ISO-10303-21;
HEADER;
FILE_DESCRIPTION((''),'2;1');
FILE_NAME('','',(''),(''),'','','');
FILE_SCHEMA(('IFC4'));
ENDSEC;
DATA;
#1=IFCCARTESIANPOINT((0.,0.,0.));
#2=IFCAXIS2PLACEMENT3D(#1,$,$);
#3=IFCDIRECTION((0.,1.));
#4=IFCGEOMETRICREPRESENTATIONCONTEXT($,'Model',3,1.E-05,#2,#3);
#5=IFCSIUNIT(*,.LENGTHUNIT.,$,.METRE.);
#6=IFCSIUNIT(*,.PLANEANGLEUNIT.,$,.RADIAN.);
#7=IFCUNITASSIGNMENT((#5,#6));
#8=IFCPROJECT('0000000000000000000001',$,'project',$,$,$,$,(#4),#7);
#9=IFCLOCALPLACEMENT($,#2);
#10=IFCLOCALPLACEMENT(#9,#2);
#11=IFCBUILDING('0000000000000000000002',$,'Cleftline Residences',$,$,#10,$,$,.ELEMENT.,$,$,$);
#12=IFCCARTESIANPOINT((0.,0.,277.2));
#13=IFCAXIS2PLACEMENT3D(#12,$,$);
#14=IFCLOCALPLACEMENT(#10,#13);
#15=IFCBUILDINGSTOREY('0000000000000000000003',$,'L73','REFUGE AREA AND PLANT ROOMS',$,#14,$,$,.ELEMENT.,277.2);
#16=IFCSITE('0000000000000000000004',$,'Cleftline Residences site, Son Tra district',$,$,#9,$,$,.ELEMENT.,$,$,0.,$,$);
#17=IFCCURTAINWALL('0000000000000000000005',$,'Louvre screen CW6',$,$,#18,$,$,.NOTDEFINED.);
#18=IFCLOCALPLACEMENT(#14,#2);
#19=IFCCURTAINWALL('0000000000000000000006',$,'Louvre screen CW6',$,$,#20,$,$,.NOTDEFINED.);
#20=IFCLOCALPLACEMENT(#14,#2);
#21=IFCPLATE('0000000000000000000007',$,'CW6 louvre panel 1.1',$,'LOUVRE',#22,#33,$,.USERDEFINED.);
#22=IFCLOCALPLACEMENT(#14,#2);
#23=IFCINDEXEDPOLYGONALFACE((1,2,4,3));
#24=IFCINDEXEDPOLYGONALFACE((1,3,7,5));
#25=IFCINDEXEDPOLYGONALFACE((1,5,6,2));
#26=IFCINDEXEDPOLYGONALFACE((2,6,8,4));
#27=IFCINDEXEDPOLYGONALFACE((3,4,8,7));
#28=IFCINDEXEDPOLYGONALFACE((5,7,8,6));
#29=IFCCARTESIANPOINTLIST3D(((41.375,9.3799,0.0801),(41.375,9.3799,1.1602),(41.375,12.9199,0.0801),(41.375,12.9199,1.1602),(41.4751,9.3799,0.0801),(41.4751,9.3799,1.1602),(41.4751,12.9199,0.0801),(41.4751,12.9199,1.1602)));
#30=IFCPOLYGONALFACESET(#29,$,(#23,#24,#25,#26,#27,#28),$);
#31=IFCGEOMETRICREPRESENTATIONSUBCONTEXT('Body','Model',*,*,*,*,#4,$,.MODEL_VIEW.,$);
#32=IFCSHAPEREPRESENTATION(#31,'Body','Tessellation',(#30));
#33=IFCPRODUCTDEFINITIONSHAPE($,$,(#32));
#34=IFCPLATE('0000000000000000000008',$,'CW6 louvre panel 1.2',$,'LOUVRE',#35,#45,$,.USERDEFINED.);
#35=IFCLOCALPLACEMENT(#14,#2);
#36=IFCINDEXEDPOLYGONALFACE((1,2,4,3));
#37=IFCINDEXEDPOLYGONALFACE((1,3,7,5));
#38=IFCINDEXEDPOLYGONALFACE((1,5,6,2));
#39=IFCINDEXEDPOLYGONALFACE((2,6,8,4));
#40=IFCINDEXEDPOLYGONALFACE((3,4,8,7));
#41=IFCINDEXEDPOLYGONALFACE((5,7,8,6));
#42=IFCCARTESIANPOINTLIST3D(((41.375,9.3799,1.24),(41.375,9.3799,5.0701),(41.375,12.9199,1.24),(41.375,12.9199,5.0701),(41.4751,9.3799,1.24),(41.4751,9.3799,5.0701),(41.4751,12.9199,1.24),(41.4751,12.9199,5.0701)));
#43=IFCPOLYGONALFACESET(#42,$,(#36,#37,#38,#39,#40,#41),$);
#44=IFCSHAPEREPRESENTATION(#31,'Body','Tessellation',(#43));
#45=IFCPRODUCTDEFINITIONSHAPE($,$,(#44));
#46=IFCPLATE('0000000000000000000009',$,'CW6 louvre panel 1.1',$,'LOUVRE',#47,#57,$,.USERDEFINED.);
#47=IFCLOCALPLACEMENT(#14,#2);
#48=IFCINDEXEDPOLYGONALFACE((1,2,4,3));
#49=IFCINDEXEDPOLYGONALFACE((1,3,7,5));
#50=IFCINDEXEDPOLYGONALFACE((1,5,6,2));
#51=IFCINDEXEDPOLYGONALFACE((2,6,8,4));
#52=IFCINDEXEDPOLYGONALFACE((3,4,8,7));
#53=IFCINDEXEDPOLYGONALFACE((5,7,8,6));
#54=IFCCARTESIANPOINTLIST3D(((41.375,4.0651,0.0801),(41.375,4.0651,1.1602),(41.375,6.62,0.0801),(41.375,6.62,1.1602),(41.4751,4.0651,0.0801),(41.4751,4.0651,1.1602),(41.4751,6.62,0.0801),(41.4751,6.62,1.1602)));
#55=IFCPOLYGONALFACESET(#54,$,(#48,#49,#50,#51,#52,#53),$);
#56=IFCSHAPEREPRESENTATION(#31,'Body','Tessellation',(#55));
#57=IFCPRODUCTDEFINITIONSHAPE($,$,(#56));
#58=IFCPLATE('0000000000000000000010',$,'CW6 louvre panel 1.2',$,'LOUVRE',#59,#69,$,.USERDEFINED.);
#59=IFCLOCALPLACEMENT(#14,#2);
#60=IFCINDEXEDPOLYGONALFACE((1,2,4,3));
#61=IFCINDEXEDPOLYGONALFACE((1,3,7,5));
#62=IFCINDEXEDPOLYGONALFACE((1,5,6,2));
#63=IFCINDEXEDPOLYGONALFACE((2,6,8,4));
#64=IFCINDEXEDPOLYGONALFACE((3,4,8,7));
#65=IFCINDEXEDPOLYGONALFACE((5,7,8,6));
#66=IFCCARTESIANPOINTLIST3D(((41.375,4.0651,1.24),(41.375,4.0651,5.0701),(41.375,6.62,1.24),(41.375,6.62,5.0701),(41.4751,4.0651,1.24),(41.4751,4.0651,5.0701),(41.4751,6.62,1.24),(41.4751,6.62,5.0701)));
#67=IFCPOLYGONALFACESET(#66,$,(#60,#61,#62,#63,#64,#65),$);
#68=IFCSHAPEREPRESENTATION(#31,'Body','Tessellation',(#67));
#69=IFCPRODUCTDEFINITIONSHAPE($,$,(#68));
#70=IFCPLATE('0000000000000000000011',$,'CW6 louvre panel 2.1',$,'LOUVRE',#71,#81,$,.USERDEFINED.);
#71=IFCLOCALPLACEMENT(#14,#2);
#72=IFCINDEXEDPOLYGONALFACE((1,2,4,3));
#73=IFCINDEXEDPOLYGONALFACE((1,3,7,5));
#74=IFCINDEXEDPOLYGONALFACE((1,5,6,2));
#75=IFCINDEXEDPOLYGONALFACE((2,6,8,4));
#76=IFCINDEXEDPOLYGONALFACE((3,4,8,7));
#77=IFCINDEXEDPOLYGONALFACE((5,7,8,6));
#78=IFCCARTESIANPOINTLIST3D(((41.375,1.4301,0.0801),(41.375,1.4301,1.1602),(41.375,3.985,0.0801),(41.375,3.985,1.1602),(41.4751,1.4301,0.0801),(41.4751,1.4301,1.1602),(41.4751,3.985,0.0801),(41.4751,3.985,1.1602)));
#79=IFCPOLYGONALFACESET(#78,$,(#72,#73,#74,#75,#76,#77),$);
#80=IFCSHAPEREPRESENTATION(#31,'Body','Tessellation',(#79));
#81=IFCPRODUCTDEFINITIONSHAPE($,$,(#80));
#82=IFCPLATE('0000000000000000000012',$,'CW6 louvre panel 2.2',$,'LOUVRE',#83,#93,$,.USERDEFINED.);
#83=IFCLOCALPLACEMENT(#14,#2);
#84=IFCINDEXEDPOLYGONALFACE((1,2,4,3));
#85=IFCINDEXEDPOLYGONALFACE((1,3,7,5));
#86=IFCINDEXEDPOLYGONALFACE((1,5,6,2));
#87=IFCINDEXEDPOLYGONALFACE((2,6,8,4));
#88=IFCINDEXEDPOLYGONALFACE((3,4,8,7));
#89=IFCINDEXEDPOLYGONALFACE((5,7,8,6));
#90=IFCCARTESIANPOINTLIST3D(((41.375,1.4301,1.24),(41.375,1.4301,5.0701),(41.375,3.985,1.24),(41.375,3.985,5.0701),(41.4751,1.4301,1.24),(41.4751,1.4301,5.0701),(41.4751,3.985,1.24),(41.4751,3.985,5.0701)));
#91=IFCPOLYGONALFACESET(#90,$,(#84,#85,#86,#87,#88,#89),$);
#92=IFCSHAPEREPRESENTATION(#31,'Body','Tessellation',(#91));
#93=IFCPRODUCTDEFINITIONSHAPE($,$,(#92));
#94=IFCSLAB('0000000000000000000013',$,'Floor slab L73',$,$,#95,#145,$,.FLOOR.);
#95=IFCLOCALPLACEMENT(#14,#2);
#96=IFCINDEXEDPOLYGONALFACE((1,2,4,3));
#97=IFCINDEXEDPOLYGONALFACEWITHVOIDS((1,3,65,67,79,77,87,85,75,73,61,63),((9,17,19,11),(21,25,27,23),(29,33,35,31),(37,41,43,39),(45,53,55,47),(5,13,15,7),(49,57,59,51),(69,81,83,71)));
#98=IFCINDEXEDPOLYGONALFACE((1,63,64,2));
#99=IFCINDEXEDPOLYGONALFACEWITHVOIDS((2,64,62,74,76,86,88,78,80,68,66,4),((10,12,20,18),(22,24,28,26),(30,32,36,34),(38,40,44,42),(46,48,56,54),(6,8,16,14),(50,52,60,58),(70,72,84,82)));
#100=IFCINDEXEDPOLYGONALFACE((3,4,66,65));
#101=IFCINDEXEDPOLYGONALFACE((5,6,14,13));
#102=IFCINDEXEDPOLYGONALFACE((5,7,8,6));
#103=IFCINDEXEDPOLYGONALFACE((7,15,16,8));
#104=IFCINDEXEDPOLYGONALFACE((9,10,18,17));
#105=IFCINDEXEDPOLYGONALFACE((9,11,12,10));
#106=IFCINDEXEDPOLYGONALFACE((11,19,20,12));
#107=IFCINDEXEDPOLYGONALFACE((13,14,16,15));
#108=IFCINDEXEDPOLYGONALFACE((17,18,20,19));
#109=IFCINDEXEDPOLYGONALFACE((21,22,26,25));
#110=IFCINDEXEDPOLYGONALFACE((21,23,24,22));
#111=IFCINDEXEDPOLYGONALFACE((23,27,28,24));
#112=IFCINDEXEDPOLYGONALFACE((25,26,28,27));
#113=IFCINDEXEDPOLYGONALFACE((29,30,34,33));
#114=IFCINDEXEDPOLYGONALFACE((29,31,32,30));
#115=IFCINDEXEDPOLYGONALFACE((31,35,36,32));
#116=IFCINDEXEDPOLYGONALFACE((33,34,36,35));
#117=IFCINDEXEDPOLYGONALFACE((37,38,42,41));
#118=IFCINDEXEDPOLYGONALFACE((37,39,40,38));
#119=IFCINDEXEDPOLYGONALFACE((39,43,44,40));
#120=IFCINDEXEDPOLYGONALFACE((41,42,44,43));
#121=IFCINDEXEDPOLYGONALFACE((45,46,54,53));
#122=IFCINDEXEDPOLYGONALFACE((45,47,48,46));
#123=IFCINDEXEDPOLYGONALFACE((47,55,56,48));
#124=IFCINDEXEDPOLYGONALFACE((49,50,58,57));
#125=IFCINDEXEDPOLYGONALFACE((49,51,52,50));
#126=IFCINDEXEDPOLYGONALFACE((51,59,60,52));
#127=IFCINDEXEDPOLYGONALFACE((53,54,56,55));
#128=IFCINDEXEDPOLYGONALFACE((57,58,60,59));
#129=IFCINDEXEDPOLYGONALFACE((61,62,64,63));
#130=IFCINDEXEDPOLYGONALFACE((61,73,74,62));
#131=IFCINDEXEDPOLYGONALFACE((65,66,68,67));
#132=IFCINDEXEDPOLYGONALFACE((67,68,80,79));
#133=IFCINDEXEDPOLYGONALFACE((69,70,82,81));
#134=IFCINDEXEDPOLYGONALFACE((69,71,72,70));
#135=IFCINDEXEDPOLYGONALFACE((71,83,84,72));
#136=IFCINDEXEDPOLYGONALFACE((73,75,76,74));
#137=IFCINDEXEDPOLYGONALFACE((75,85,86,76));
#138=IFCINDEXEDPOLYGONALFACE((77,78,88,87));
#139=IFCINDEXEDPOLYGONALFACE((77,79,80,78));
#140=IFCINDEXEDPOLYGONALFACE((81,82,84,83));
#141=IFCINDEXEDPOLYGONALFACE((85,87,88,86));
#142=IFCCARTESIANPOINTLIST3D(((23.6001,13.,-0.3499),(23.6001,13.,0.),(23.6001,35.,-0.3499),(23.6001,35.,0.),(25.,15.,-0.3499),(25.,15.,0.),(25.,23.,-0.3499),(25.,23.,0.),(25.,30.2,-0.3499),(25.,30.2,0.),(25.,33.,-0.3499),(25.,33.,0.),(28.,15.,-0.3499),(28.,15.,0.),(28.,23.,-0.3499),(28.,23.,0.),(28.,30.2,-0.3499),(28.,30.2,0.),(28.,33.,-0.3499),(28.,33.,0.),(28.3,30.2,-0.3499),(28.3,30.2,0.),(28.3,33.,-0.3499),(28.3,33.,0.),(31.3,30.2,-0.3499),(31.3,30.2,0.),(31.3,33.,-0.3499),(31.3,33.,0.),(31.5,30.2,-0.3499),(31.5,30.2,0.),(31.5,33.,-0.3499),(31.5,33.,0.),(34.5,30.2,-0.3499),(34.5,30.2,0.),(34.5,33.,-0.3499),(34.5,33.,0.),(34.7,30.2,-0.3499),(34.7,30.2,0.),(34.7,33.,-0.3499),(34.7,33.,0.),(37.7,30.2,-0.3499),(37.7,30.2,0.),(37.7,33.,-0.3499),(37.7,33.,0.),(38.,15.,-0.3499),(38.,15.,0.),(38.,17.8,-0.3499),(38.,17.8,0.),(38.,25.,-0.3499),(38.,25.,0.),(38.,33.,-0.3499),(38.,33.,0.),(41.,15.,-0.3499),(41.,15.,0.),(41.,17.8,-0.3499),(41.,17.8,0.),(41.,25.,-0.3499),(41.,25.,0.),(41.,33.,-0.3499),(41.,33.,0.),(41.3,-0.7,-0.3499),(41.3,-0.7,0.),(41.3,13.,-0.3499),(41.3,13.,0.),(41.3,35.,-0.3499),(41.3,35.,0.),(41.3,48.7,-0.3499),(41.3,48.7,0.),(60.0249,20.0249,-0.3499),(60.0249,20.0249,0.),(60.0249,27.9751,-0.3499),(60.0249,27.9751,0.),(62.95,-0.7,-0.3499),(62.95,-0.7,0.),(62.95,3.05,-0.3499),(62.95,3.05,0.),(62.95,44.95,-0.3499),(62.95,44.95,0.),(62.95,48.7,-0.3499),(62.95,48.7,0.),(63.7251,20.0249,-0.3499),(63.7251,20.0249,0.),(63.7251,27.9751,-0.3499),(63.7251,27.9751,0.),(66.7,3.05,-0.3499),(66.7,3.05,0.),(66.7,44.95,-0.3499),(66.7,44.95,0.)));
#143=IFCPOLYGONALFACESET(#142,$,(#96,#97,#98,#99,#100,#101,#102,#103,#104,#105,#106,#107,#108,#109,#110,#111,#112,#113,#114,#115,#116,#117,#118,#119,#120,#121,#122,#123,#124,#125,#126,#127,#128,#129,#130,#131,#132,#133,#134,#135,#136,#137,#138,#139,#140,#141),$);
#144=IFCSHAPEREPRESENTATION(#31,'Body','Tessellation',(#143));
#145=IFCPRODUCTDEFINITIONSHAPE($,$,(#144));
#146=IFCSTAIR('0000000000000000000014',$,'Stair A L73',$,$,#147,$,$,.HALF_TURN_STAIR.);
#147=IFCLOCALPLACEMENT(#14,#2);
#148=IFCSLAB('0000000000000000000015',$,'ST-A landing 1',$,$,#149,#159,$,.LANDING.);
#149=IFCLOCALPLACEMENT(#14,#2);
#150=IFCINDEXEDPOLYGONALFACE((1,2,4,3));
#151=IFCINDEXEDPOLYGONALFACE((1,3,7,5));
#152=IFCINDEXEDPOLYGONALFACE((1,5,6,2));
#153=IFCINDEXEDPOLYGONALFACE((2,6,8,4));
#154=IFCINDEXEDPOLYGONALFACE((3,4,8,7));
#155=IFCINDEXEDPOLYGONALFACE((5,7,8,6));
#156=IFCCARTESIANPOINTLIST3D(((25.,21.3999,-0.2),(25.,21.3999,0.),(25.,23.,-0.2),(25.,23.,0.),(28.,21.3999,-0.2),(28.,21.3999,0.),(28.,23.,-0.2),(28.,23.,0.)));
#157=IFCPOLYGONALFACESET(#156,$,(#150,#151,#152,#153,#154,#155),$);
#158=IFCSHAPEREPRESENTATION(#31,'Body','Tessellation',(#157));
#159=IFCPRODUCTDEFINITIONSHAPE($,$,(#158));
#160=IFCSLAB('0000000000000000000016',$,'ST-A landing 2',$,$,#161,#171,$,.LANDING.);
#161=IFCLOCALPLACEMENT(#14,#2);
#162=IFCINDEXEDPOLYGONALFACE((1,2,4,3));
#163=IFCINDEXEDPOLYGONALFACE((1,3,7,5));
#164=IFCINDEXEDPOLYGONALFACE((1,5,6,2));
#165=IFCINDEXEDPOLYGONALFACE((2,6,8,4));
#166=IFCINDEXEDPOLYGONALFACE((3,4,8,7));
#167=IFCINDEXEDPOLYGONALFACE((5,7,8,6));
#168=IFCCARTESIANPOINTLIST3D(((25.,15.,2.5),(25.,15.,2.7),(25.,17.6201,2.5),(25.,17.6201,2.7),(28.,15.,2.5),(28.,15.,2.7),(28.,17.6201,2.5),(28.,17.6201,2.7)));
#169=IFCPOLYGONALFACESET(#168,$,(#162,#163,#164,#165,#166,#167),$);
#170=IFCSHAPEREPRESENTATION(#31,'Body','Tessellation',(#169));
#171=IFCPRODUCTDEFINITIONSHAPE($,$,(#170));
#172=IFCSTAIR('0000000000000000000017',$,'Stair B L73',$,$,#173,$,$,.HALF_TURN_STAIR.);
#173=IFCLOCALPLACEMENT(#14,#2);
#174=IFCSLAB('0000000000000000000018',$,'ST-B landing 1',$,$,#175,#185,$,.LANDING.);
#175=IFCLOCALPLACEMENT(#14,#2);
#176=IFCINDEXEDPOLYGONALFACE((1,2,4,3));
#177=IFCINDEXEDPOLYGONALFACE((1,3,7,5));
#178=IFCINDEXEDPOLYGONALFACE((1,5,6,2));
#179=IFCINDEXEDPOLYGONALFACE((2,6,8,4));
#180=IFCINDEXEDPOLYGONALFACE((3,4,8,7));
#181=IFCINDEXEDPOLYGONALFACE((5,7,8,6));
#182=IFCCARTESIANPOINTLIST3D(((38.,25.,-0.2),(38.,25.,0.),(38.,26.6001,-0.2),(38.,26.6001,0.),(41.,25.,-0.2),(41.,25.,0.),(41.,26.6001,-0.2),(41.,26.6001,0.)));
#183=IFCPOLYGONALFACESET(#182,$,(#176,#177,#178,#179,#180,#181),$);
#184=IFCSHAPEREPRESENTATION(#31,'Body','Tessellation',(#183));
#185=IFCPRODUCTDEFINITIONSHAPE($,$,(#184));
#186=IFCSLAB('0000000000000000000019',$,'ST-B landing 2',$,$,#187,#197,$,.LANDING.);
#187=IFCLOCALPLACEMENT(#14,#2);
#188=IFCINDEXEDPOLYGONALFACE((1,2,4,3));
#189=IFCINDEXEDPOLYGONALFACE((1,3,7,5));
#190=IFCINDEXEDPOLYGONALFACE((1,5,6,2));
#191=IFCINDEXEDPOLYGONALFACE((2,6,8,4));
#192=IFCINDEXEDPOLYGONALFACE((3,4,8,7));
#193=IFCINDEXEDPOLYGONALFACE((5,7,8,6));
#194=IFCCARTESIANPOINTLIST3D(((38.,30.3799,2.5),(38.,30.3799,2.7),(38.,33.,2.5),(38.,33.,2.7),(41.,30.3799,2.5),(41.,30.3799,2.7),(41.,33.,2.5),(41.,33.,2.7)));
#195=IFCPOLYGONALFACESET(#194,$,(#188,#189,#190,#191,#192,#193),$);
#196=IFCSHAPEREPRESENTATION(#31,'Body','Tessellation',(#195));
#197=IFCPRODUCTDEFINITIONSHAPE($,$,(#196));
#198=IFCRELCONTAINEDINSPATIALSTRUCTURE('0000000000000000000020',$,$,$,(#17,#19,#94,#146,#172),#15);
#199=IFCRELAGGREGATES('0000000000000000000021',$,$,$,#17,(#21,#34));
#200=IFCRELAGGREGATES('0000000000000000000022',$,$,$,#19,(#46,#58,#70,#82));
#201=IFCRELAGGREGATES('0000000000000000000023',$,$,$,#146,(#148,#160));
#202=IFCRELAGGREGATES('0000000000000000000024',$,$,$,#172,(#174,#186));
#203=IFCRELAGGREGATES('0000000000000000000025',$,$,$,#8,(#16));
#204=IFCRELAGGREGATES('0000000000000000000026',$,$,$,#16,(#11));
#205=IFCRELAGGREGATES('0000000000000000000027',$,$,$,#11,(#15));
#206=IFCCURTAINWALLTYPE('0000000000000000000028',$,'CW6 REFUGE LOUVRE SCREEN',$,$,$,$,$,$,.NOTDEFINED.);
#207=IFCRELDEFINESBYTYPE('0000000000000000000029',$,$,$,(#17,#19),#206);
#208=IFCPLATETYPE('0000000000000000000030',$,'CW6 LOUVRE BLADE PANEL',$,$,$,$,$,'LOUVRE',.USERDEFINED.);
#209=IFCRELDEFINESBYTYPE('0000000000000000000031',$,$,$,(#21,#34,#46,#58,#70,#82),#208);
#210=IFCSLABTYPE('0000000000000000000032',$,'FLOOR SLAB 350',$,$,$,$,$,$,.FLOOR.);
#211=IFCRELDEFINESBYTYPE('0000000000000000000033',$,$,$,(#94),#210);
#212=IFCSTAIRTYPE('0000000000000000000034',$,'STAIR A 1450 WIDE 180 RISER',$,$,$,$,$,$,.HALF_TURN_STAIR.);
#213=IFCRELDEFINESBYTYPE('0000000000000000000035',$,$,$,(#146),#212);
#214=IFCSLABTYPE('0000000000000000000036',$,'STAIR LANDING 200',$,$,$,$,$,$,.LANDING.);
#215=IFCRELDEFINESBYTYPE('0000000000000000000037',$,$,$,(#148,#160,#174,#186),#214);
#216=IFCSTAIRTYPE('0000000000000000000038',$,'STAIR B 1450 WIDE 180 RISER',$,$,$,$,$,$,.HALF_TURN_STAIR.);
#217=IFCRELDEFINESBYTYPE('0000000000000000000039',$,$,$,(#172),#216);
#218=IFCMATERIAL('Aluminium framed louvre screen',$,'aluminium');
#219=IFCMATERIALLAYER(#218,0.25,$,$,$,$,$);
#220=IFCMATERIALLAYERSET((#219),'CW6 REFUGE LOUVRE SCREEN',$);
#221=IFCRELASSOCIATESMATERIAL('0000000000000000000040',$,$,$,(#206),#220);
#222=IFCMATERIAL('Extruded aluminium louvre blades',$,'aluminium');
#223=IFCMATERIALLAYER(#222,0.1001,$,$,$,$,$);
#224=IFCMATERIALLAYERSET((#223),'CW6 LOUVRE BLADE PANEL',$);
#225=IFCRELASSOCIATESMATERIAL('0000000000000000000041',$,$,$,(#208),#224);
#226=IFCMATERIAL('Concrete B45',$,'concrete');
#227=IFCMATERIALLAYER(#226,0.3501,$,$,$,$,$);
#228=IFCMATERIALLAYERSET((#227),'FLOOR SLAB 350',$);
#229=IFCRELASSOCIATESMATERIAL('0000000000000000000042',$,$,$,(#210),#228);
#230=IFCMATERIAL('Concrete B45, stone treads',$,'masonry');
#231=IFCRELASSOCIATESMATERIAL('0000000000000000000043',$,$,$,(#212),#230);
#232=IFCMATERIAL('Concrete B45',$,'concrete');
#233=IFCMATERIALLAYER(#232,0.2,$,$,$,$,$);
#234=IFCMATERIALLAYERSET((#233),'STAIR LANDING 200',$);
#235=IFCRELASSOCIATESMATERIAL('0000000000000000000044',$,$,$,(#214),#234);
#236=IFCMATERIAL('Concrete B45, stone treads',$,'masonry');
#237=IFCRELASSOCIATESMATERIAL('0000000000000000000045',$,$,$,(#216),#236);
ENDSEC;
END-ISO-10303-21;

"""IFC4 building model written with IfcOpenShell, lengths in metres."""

from ifc_helpers import new_model, si_unit, direction, frame, origin, origin_2d, place, context, subcontext, project, spatial, polyline, rectangle, outline, extrude, material, layer, layer_set, type_object, element, aggregate, save


model = new_model("IFC4")

# Units and contexts
model_context = context("Model", 3, precision=1e-05, world=origin(), true_north=direction((0.0, 1.0)))
body_context = subcontext(model_context, "Body", "Model", "MODEL_VIEW")
ifc_project = project(units=[si_unit("LENGTHUNIT", "METRE"), si_unit("PLANEANGLEUNIT", "RADIAN")], contexts=[model_context])

# Site, building, storey
site_placement = place(None, origin())
site = spatial("IfcSite", under=ifc_project, at=site_placement, Name="Cleftline Residences site, Son Tra district", CompositionType="ELEMENT", RefElevation=0.0)
building_placement = place(site_placement, origin())
building = spatial("IfcBuilding", under=site, at=building_placement, Name="Cleftline Residences", CompositionType="ELEMENT")
storey_placement = place(building_placement, frame((0.0, 0.0, 277.2)))
storey = spatial("IfcBuildingStorey", under=building, at=storey_placement, Name="L73", Description="REFUGE AREA AND PLANT ROOMS", CompositionType="ELEMENT", Elevation=277.2)

# Curtain walls
ifc_material_1 = material(Name="Aluminium framed louvre screen", Category="aluminium")
ifc_layer_1 = layer(ifc_material_1, 0.25)
ifc_layer_set_1 = layer_set([ifc_layer_1], Name="CW6 REFUGE LOUVRE SCREEN")
curtain_wall_type = type_object("IfcCurtainWallType", Name="CW6 REFUGE LOUVRE SCREEN", PredefinedType="NOTDEFINED", material=ifc_layer_set_1)
curtain_wall_1_placement = place(storey_placement, origin())
curtain_wall_1 = element("IfcCurtainWall", 1, at=curtain_wall_1_placement, inside=storey, type_object=curtain_wall_type, Name="Louvre screen CW6", PredefinedType="NOTDEFINED")
curtain_wall_2_placement = place(storey_placement, origin())
curtain_wall_2 = element("IfcCurtainWall", 2, at=curtain_wall_2_placement, inside=storey, type_object=curtain_wall_type, Name="Louvre screen CW6", PredefinedType="NOTDEFINED")

# Plates
ifc_material_2 = material(Name="Extruded aluminium louvre blades", Category="aluminium")
ifc_layer_2 = layer(ifc_material_2, 0.1001)
ifc_layer_set_2 = layer_set([ifc_layer_2], Name="CW6 LOUVRE BLADE PANEL")
plate_type = type_object("IfcPlateType", Name="CW6 LOUVRE BLADE PANEL", ElementType="LOUVRE", PredefinedType="USERDEFINED", material=ifc_layer_set_2)
plate_1_placement = place(storey_placement, frame((41.425, 11.1499, 0.0801), z_axis=(0.0, 0.0, 1.0), x_axis=(0.0, -1.0, 0.0)))
plate_1 = element("IfcPlate", 3, at=plate_1_placement, type_object=plate_type, Name="CW6 louvre panel 1.1", ObjectType="LOUVRE", PredefinedType="USERDEFINED", context=body_context, shape_type="SweptSolid", body=[
    extrude(rectangle(XDim=3.54, YDim=0.1001, at=origin_2d()), origin(), (0.0, 0.0, 1.0), 1.0801),
])
plate_2_placement = place(storey_placement, frame((41.425, 11.1499, 1.24), z_axis=(0.0, 0.0, 1.0), x_axis=(0.0, -1.0, 0.0)))
plate_2 = element("IfcPlate", 4, at=plate_2_placement, type_object=plate_type, Name="CW6 louvre panel 1.2", ObjectType="LOUVRE", PredefinedType="USERDEFINED", context=body_context, shape_type="SweptSolid", body=[
    extrude(rectangle(XDim=3.54, YDim=0.1001, at=origin_2d()), origin(), (0.0, 0.0, 1.0), 3.8301),
])
aggregate(curtain_wall_1, [plate_1, plate_2])
plate_3_placement = place(storey_placement, frame((41.425, 5.3425, 0.0801), z_axis=(0.0, 0.0, 1.0), x_axis=(0.0, -1.0, 0.0)))
plate_3 = element("IfcPlate", 5, at=plate_3_placement, type_object=plate_type, Name="CW6 louvre panel 1.1", ObjectType="LOUVRE", PredefinedType="USERDEFINED", context=body_context, shape_type="SweptSolid", body=[
    extrude(rectangle(XDim=2.5549, YDim=0.1001, at=origin_2d()), origin(), (0.0, 0.0, 1.0), 1.0801),
])
plate_4_placement = place(storey_placement, frame((41.425, 5.3425, 1.24), z_axis=(0.0, 0.0, 1.0), x_axis=(0.0, -1.0, 0.0)))
plate_4 = element("IfcPlate", 6, at=plate_4_placement, type_object=plate_type, Name="CW6 louvre panel 1.2", ObjectType="LOUVRE", PredefinedType="USERDEFINED", context=body_context, shape_type="SweptSolid", body=[
    extrude(rectangle(XDim=2.5549, YDim=0.1001, at=origin_2d()), origin(), (0.0, 0.0, 1.0), 3.8301),
])
plate_5_placement = place(storey_placement, frame((41.425, 2.7075, 0.0801), z_axis=(0.0, 0.0, 1.0), x_axis=(0.0, -1.0, 0.0)))
plate_5 = element("IfcPlate", 7, at=plate_5_placement, type_object=plate_type, Name="CW6 louvre panel 2.1", ObjectType="LOUVRE", PredefinedType="USERDEFINED", context=body_context, shape_type="SweptSolid", body=[
    extrude(rectangle(XDim=2.5549, YDim=0.1001, at=origin_2d()), origin(), (0.0, 0.0, 1.0), 1.0801),
])
plate_6_placement = place(storey_placement, frame((41.425, 2.7075, 1.24), z_axis=(0.0, 0.0, 1.0), x_axis=(0.0, -1.0, 0.0)))
plate_6 = element("IfcPlate", 8, at=plate_6_placement, type_object=plate_type, Name="CW6 louvre panel 2.2", ObjectType="LOUVRE", PredefinedType="USERDEFINED", context=body_context, shape_type="SweptSolid", body=[
    extrude(rectangle(XDim=2.5549, YDim=0.1001, at=origin_2d()), origin(), (0.0, 0.0, 1.0), 3.8301),
])
aggregate(curtain_wall_2, [plate_3, plate_4, plate_5, plate_6])

# Slab
ifc_material_3 = material(Name="Concrete B45", Category="concrete")
ifc_layer_3 = layer(ifc_material_3, 0.3501)
ifc_layer_set_3 = layer_set([ifc_layer_3], Name="FLOOR SLAB 350")
slab_type_1 = type_object("IfcSlabType", Name="FLOOR SLAB 350", PredefinedType="FLOOR", material=ifc_layer_set_3)
slab_1_placement = place(storey_placement, frame((0.0, 0.0, -0.3499)))
element("IfcSlab", 9, at=slab_1_placement, inside=storey, type_object=slab_type_1, Name="Floor slab L73", PredefinedType="FLOOR", context=body_context, shape_type="SweptSolid", body=[
    extrude(outline(polyline([(41.3, 13.0), (41.3, -0.7), (62.95, -0.7), (62.95, 3.05), (66.7, 3.05), (66.7, 44.95), (62.95, 44.95), (62.95, 48.7), (41.3, 48.7), (41.3, 35.0), (23.6001, 35.0), (23.6001, 13.0), (41.3, 13.0)]), holes=[polyline([(28.0, 15.0), (28.0, 23.0), (25.0, 23.0), (25.0, 15.0), (28.0, 15.0)]), polyline([(41.0, 25.0), (41.0, 33.0), (38.0, 33.0), (38.0, 25.0), (41.0, 25.0)]), polyline([(28.0, 30.2), (28.0, 33.0), (25.0, 33.0), (25.0, 30.2), (28.0, 30.2)]), polyline([(41.0, 15.0), (41.0, 17.8), (38.0, 17.8), (38.0, 15.0), (41.0, 15.0)]), polyline([(31.3, 30.2), (31.3, 33.0), (28.3, 33.0), (28.3, 30.2), (31.3, 30.2)]), polyline([(34.5, 30.2), (34.5, 33.0), (31.5, 33.0), (31.5, 30.2), (34.5, 30.2)]), polyline([(37.7, 30.2), (37.7, 33.0), (34.7, 33.0), (34.7, 30.2), (37.7, 30.2)]), polyline([(63.7251, 20.0249), (63.7251, 27.9751), (60.0249, 27.9751), (60.0249, 20.0249), (63.7251, 20.0249)])]), origin(), (0.0, 0.0, 1.0), 0.3499),
])

# Stairs, slabs
ifc_material_4 = material(Name="Concrete B45, stone treads", Category="masonry")
stair_type_1 = type_object("IfcStairType", Name="STAIR A 1450 WIDE 180 RISER", PredefinedType="HALF_TURN_STAIR", material=ifc_material_4)
stair_1_placement = place(storey_placement, origin())
stair_1 = element("IfcStair", 10, at=stair_1_placement, inside=storey, type_object=stair_type_1, Name="Stair A L73", PredefinedType="HALF_TURN_STAIR")
ifc_material_5 = material(Name="Concrete B45", Category="concrete")
ifc_layer_4 = layer(ifc_material_5, 0.2)
ifc_layer_set_4 = layer_set([ifc_layer_4], Name="STAIR LANDING 200")
slab_type_2 = type_object("IfcSlabType", Name="STAIR LANDING 200", PredefinedType="LANDING", material=ifc_layer_set_4)
slab_2_placement = place(storey_placement, frame((0.0, 0.0, -0.2)))
slab_2 = element("IfcSlab", 11, at=slab_2_placement, type_object=slab_type_2, Name="ST-A landing 1", PredefinedType="LANDING", context=body_context, shape_type="SweptSolid", body=[
    extrude(outline(polyline([(25.0, 21.3999), (28.0, 21.3999), (28.0, 23.0), (25.0, 23.0), (25.0, 21.3999)])), origin(), (0.0, 0.0, 1.0), 0.2),
])
slab_3_placement = place(storey_placement, frame((0.0, 0.0, 2.5)))
slab_3 = element("IfcSlab", 12, at=slab_3_placement, type_object=slab_type_2, Name="ST-A landing 2", PredefinedType="LANDING", context=body_context, shape_type="SweptSolid", body=[
    extrude(outline(polyline([(25.0, 15.0), (28.0, 15.0), (28.0, 17.6201), (25.0, 17.6201), (25.0, 15.0)])), origin(), (0.0, 0.0, 1.0), 0.2),
])
aggregate(stair_1, [slab_2, slab_3])
ifc_material_6 = material(Name="Concrete B45, stone treads", Category="masonry")
stair_type_2 = type_object("IfcStairType", Name="STAIR B 1450 WIDE 180 RISER", PredefinedType="HALF_TURN_STAIR", material=ifc_material_6)
stair_2_placement = place(storey_placement, origin())
stair_2 = element("IfcStair", 13, at=stair_2_placement, inside=storey, type_object=stair_type_2, Name="Stair B L73", PredefinedType="HALF_TURN_STAIR")
slab_4_placement = place(storey_placement, frame((0.0, 0.0, -0.2)))
slab_4 = element("IfcSlab", 14, at=slab_4_placement, type_object=slab_type_2, Name="ST-B landing 1", PredefinedType="LANDING", context=body_context, shape_type="SweptSolid", body=[
    extrude(outline(polyline([(38.0, 25.0), (41.0, 25.0), (41.0, 26.6001), (38.0, 26.6001), (38.0, 25.0)])), origin(), (0.0, 0.0, 1.0), 0.2),
])
slab_5_placement = place(storey_placement, frame((0.0, 0.0, 2.5)))
slab_5 = element("IfcSlab", 15, at=slab_5_placement, type_object=slab_type_2, Name="ST-B landing 2", PredefinedType="LANDING", context=body_context, shape_type="SweptSolid", body=[
    extrude(outline(polyline([(38.0, 30.3799), (41.0, 30.3799), (41.0, 33.0), (38.0, 33.0), (38.0, 30.3799)])), origin(), (0.0, 0.0, 1.0), 0.2),
])
aggregate(stair_2, [slab_4, slab_5])

save(model, "model.ifc")
